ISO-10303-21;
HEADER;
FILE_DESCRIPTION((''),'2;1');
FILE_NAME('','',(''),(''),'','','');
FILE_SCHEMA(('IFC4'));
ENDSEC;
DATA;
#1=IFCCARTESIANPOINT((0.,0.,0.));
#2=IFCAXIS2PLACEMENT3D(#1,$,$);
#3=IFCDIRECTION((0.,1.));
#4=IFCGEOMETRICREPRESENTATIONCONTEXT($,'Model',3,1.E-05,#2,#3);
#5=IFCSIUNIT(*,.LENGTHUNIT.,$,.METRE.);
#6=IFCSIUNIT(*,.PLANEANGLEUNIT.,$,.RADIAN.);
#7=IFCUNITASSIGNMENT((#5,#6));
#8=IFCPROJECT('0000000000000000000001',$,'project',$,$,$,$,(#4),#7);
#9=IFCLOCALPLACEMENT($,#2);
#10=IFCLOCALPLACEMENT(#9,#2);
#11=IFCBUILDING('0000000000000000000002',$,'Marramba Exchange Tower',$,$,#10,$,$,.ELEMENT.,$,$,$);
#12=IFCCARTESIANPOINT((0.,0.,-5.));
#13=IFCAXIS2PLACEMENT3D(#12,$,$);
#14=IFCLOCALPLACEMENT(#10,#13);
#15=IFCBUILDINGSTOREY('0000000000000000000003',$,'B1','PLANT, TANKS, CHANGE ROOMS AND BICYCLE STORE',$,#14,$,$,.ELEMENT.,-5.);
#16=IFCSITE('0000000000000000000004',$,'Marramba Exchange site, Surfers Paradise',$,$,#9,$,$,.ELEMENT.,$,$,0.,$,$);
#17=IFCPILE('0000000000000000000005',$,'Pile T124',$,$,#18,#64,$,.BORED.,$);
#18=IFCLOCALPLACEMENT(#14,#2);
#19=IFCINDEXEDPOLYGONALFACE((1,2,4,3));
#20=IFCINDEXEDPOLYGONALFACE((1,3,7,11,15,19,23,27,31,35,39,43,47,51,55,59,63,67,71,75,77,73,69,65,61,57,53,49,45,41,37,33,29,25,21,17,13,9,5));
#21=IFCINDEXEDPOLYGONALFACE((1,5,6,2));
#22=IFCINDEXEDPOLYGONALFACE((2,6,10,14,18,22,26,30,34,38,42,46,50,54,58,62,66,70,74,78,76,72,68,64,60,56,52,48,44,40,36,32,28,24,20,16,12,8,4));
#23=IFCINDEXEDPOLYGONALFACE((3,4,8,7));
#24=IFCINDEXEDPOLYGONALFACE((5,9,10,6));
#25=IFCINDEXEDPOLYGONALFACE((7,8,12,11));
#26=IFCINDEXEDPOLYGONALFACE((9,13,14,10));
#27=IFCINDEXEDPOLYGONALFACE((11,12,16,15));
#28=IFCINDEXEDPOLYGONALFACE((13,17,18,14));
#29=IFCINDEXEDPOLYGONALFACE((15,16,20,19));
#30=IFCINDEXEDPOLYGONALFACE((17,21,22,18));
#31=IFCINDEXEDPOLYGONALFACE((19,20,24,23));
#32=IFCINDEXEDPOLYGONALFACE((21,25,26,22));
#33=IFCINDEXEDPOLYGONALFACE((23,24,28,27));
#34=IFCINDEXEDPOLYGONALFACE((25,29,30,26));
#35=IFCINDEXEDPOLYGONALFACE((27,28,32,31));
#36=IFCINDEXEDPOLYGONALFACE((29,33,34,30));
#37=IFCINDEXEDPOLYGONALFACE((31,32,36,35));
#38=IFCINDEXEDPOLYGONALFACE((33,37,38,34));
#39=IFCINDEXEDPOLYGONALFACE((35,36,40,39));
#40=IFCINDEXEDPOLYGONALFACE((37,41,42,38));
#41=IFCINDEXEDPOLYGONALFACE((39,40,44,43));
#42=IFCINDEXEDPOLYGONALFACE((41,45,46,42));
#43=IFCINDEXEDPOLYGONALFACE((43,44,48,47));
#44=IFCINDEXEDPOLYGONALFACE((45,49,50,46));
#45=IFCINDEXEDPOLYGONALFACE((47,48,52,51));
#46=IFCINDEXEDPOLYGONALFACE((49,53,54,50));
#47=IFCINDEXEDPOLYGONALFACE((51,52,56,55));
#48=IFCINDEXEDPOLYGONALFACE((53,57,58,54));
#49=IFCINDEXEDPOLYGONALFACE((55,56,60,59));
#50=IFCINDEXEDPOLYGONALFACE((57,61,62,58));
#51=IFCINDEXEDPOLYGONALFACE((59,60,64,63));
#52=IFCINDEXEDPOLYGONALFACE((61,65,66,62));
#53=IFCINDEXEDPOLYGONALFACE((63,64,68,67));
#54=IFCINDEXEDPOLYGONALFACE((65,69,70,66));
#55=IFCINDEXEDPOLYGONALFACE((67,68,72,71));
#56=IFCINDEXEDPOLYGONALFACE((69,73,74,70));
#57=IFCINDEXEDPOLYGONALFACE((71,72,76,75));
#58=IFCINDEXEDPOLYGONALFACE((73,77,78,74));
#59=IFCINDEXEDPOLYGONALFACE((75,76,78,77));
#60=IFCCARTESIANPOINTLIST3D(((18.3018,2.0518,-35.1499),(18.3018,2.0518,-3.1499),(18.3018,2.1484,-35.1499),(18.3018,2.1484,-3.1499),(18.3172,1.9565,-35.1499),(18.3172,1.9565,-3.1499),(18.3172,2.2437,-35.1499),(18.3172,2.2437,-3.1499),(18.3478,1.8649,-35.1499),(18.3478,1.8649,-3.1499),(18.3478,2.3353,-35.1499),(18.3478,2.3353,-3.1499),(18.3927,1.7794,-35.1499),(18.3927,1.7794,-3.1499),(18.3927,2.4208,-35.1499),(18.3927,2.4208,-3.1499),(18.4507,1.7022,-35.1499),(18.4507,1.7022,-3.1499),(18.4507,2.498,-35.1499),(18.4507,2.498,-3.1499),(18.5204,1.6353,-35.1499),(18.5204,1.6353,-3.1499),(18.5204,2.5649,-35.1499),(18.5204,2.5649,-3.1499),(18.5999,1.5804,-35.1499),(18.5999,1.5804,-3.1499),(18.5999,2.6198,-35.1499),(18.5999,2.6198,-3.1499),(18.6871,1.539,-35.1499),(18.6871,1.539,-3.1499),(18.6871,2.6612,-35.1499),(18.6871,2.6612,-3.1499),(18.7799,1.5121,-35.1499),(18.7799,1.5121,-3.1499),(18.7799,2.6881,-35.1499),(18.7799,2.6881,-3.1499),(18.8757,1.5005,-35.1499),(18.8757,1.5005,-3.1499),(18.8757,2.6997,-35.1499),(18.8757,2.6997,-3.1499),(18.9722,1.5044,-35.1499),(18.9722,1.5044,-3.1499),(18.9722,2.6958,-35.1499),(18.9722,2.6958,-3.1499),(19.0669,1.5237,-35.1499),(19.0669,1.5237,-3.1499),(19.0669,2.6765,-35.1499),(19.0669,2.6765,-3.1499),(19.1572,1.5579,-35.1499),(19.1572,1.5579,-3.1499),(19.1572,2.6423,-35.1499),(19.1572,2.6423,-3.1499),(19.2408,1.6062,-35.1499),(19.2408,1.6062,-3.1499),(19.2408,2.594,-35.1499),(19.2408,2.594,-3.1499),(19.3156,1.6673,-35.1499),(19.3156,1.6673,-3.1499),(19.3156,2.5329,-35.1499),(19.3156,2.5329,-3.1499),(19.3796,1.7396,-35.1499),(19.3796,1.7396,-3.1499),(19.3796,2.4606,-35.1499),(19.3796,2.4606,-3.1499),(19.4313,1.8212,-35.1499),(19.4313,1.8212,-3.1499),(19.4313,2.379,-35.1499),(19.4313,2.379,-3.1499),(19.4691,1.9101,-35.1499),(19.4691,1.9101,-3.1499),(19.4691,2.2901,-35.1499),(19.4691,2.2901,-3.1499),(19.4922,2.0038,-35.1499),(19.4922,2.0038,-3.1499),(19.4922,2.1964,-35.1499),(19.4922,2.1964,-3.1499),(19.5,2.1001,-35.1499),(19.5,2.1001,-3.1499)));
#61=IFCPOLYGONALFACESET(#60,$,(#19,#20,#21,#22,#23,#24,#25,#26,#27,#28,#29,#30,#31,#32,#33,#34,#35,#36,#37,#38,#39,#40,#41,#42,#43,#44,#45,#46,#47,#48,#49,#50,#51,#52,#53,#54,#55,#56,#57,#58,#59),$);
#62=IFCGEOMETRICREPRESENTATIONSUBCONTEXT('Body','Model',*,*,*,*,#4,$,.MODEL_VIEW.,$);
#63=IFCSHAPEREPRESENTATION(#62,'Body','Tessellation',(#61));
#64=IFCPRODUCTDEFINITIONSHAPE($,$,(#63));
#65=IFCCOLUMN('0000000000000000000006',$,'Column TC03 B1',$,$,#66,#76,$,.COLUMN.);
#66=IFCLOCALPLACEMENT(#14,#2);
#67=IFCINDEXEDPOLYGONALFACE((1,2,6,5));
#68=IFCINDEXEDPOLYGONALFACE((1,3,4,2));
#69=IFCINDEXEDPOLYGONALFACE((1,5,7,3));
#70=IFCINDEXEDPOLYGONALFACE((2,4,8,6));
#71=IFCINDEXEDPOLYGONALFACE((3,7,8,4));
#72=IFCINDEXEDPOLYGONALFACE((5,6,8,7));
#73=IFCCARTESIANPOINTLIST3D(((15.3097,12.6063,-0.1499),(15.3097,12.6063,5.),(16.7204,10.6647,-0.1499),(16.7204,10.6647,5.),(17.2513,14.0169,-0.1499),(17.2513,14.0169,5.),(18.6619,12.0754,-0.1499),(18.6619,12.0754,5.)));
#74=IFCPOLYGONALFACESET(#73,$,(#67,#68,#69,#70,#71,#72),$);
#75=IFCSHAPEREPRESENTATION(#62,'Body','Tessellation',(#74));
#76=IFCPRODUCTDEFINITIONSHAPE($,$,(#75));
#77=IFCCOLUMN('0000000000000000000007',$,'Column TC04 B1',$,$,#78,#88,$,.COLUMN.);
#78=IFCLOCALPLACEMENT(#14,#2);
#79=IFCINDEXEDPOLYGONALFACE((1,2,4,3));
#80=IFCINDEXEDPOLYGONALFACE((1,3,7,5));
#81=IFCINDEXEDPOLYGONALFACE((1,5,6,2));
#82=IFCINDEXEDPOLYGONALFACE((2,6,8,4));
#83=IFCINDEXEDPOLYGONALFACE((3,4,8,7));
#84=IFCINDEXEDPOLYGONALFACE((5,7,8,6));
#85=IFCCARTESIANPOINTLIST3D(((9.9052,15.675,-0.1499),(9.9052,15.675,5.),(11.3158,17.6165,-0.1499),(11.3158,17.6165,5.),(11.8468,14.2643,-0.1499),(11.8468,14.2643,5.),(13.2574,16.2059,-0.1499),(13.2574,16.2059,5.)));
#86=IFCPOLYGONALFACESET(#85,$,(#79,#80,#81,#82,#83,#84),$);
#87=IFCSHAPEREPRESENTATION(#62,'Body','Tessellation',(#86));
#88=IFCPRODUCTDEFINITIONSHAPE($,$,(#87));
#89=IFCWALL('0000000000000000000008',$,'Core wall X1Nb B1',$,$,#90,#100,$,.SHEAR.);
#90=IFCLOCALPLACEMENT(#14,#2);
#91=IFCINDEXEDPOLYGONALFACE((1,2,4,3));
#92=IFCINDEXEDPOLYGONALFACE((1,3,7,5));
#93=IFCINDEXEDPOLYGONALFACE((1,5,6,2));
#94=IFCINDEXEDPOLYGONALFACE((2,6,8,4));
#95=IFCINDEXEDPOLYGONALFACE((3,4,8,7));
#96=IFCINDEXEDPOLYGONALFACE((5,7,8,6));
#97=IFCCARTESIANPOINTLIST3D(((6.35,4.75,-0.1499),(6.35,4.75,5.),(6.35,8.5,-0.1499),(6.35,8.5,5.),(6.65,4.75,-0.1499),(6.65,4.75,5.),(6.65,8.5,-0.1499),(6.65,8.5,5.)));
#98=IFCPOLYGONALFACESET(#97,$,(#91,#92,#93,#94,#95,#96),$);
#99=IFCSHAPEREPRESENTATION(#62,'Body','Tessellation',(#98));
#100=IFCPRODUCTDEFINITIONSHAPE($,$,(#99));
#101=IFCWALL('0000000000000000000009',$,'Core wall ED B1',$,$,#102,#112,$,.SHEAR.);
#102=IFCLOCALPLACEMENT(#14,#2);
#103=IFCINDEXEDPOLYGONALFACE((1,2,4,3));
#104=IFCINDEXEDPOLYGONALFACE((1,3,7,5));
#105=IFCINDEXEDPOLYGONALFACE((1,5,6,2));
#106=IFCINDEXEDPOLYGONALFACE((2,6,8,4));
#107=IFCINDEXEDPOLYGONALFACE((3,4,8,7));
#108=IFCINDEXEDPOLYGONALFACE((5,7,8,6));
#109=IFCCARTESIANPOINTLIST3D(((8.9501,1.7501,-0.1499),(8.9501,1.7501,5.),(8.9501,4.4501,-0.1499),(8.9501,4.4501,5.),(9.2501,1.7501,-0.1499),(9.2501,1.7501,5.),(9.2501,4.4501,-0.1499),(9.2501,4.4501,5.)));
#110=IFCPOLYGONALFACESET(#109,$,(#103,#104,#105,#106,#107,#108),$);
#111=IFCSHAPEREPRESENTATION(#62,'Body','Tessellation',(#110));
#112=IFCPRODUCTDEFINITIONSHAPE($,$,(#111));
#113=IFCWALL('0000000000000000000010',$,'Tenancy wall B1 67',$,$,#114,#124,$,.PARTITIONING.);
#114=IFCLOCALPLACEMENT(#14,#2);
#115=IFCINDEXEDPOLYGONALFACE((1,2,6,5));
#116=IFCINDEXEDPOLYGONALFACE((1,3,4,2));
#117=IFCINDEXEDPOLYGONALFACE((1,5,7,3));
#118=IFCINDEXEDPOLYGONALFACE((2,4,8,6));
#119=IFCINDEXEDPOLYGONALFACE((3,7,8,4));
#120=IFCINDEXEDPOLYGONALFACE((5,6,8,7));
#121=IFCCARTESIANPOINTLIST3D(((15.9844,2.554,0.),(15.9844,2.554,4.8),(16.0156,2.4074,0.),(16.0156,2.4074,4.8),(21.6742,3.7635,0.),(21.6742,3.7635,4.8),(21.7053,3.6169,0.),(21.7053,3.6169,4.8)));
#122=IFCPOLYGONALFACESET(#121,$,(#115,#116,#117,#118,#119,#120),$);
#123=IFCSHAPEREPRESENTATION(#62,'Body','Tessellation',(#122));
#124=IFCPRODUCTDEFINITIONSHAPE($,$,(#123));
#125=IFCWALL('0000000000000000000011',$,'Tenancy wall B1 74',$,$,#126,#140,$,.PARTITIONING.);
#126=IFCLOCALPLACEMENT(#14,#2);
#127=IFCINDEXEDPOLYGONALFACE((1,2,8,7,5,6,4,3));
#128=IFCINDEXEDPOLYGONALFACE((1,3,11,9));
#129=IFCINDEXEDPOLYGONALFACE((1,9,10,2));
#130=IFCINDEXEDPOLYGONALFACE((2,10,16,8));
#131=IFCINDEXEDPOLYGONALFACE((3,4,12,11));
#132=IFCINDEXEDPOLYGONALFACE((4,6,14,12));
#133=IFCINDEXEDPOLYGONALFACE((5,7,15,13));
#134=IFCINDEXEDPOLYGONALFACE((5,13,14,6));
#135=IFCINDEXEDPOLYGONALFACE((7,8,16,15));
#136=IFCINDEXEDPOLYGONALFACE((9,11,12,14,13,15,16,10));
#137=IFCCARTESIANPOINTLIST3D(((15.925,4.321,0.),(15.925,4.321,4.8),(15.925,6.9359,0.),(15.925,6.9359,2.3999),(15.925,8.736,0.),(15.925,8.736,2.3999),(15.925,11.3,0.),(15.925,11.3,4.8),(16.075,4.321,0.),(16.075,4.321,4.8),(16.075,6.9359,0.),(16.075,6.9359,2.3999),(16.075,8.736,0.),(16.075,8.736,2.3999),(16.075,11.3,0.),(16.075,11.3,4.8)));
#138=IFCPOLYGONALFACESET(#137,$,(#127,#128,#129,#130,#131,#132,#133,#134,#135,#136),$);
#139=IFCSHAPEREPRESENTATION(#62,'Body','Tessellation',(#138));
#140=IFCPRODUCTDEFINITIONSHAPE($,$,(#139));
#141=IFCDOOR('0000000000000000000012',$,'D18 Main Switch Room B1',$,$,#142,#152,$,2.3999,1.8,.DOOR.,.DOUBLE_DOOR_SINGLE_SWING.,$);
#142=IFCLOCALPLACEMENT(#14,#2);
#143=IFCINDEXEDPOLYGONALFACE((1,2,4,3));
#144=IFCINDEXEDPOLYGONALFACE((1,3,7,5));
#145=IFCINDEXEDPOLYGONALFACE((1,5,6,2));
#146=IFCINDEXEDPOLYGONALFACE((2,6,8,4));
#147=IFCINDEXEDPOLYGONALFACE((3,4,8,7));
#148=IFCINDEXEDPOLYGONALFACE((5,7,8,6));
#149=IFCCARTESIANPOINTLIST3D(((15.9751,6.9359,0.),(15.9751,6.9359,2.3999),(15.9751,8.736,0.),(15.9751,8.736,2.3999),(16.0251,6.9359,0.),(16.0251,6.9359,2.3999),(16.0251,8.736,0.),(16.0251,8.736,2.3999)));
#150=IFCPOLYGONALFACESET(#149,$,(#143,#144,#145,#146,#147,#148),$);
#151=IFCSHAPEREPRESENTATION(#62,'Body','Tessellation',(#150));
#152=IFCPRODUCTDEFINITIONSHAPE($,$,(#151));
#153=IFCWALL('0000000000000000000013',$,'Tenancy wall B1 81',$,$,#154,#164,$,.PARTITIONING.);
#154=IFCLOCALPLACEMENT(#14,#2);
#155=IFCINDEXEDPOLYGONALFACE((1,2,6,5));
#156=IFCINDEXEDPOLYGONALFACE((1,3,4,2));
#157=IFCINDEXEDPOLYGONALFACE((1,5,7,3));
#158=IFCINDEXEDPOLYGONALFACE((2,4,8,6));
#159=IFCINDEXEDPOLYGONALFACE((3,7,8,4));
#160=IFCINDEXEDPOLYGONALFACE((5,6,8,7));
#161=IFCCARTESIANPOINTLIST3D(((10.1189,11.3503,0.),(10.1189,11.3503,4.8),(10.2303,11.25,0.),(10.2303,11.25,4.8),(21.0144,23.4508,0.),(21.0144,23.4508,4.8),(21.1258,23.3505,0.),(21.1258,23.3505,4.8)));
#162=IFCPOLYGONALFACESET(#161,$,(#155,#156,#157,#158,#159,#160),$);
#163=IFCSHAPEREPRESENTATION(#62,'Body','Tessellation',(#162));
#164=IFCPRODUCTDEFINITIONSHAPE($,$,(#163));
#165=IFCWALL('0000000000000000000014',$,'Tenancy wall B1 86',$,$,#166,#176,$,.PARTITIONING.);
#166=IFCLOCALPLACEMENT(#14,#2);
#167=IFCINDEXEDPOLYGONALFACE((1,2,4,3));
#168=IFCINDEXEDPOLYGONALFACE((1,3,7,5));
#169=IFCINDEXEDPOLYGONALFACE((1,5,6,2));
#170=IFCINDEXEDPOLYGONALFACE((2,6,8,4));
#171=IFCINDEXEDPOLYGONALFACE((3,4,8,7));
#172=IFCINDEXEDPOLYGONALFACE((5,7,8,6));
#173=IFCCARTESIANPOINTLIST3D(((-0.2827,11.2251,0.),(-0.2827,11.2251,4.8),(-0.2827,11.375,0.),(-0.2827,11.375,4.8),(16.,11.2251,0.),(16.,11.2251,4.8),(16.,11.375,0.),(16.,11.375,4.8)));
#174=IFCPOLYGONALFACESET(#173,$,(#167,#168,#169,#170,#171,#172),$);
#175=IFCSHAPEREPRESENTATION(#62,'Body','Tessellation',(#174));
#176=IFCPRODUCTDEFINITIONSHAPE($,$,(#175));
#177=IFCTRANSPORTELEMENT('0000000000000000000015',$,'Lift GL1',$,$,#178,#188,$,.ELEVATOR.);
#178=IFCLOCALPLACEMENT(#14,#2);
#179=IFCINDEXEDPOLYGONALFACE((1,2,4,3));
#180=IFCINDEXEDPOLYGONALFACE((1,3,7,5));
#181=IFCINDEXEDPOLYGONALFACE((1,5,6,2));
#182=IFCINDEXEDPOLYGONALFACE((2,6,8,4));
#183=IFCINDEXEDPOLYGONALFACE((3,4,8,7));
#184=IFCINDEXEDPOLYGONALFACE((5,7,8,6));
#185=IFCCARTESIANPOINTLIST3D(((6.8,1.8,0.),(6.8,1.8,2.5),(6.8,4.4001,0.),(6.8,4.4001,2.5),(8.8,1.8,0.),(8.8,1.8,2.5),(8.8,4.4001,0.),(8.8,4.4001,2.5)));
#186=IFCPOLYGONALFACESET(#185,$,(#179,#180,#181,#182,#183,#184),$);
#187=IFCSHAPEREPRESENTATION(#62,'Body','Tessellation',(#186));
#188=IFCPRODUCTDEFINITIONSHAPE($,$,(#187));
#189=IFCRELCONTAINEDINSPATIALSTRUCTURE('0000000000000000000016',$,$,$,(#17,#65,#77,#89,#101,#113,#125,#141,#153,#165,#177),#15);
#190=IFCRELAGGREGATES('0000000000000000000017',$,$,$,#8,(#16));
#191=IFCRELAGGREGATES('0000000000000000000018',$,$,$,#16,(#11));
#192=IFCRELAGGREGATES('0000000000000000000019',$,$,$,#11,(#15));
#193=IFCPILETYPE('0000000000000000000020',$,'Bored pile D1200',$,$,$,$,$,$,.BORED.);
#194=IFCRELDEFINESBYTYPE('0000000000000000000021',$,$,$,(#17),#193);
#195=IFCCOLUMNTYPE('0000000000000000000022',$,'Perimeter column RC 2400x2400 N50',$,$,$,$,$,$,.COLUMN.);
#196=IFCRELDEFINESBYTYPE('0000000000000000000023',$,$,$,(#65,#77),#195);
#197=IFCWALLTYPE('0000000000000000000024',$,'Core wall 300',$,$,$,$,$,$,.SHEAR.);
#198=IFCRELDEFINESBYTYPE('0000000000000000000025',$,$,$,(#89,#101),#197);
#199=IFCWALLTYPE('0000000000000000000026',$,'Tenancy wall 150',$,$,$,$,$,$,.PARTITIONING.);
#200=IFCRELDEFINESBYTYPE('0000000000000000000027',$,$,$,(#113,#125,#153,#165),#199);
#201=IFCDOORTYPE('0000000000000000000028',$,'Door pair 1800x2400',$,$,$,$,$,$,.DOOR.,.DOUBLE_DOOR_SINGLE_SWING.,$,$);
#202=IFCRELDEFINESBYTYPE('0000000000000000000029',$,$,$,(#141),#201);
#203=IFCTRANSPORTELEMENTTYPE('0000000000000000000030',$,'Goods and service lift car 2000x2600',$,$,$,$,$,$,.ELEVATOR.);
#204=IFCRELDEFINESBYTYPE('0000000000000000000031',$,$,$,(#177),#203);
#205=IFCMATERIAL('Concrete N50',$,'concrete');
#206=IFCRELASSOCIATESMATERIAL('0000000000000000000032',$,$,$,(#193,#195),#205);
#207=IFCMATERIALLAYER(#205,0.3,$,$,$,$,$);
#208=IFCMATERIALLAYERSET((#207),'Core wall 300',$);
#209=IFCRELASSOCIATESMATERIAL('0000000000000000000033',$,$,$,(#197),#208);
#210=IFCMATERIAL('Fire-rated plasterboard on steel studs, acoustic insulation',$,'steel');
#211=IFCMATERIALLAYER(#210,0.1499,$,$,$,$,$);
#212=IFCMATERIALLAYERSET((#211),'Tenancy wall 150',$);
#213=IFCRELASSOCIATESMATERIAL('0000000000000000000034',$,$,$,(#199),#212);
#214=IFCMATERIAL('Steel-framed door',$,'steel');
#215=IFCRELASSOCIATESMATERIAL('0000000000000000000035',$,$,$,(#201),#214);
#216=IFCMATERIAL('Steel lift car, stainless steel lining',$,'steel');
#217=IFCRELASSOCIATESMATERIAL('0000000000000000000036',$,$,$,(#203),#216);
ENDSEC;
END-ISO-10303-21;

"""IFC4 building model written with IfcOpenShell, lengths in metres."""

from ifc_helpers import new_model, si_unit, direction, frame, frame_2d, origin, origin_2d, place, context, subcontext, project, spatial, rectangle, circle, extrude, material, layer, layer_set, material_profile, profile_set, type_object, element, fill, save


model = new_model("IFC4")

# Units and contexts
model_context = context("Model", 3, precision=1e-05, world=origin(), true_north=direction((0.0, 1.0)))
body_context = subcontext(model_context, "Body", "Model", "MODEL_VIEW")
ifc_project = project(units=[si_unit("LENGTHUNIT", "METRE"), si_unit("PLANEANGLEUNIT", "RADIAN")], contexts=[model_context])

# Site, building, storey
site_placement = place(None, origin())
site = spatial("IfcSite", under=ifc_project, at=site_placement, Name="Marramba Exchange site, Surfers Paradise", CompositionType="ELEMENT", RefElevation=0.0)
building_placement = place(site_placement, origin())
building = spatial("IfcBuilding", under=site, at=building_placement, Name="Marramba Exchange Tower", CompositionType="ELEMENT")
storey_placement = place(building_placement, frame((0.0, 0.0, -5.0)))
storey = spatial("IfcBuildingStorey", under=building, at=storey_placement, Name="B1", Description="PLANT, TANKS, CHANGE ROOMS AND BICYCLE STORE", CompositionType="ELEMENT", Elevation=-5.0)

# Pile
ifc_material_1 = material(Name="Concrete N50", Category="concrete")
ifc_material_profile_1 = material_profile(ifc_material_1, circle(Radius=0.6001, at=origin_2d()), Name="BP D1200")
ifc_profile_set_1 = profile_set([ifc_material_profile_1], Name="Concrete N50")
pile_type = type_object("IfcPileType", Name="Bored pile D1200", PredefinedType="BORED", material=ifc_profile_set_1)
for number, where, z_axis, x_axis, name in (
    (1, (18.8999, 2.1001, -3.1499), (0.0, 0.0, -1.0), (1.0, 0.0, 0.0), "Pile T124"),
):
    element("IfcPile", number, at=place(storey_placement, frame(where, z_axis=z_axis, x_axis=x_axis)), inside=storey, type_object=pile_type, Name=name, PredefinedType="BORED", context=body_context, shape_type="SweptSolid", body=[
        extrude(circle(Radius=0.6001, at=origin_2d()), origin(), (0.0, 0.0, 1.0), 32.0),
    ])

# Columns
ifc_material_profile_2 = material_profile(ifc_material_1, rectangle(XDim=2.3999, YDim=2.3999, at=origin_2d()), Name="RC 2400x2400")
ifc_profile_set_2 = profile_set([ifc_material_profile_2], Name="Concrete N50")
column_type = type_object("IfcColumnType", Name="Perimeter column RC 2400x2400 N50", PredefinedType="COLUMN", material=ifc_profile_set_2)
for number, where, z_axis, x_axis, name in (
    (2, (16.9858, 12.3408, -0.1499), (0.0, 0.0, 1.0), (0.809017, 0.587785, 0.0), "Column TC03 B1"),
    (3, (11.5813, 15.9404, -0.1499), (0.0, 0.0, 1.0), (0.587785, 0.809017, 0.0), "Column TC04 B1"),
):
    element("IfcColumn", number, at=place(storey_placement, frame(where, z_axis=z_axis, x_axis=x_axis)), inside=storey, type_object=column_type, Name=name, PredefinedType="COLUMN", context=body_context, shape_type="SweptSolid", body=[
        extrude(rectangle(XDim=2.3999, YDim=2.3999, at=origin_2d()), origin(), (0.0, 0.0, 1.0), 5.1499),
    ])

# Shared definitions
ifc_material_2 = material(Name="Steel-framed door", Category="steel")

# Walls
ifc_layer_1 = layer(ifc_material_1, 0.3)
ifc_layer_set_1 = layer_set([ifc_layer_1], Name="Core wall 300")
wall_type_1 = type_object("IfcWallType", Name="Core wall 300", PredefinedType="SHEAR", material=ifc_layer_set_1)
wall_1_placement = place(storey_placement, frame((6.5, 4.75, -0.1499), z_axis=(0.0, 0.0, 1.0), x_axis=(0.0, 1.0, 0.0)))
element("IfcWall", 4, at=wall_1_placement, inside=storey, type_object=wall_type_1, Name="Core wall X1Nb B1", PredefinedType="SHEAR", context=body_context, shape_type="SweptSolid", body=[
    extrude(rectangle(XDim=3.75, YDim=0.3, at=frame_2d((1.875, 0.0))), origin(), (0.0, 0.0, 1.0), 5.1499),
])
wall_2_placement = place(storey_placement, frame((9.1001, 1.75, -0.1499), z_axis=(0.0, 0.0, 1.0), x_axis=(0.0, 1.0, 0.0)))
element("IfcWall", 5, at=wall_2_placement, inside=storey, type_object=wall_type_1, Name="Core wall ED B1", PredefinedType="SHEAR", context=body_context, shape_type="SweptSolid", body=[
    extrude(rectangle(XDim=2.7, YDim=0.3, at=frame_2d((1.3501, 0.0))), origin(), (0.0, 0.0, 1.0), 5.1499),
])
ifc_material_3 = material(Name="Fire-rated plasterboard on steel studs, acoustic insulation", Category="steel")
ifc_layer_2 = layer(ifc_material_3, 0.1499)
ifc_layer_set_2 = layer_set([ifc_layer_2], Name="Tenancy wall 150")
wall_type_2 = type_object("IfcWallType", Name="Tenancy wall 150", PredefinedType="PARTITIONING", material=ifc_layer_set_2)
wall_3_placement = place(storey_placement, frame((16.0, 2.4807, 0.0), z_axis=(0.0, 0.0, 1.0), x_axis=(0.978144, 0.207927, 0.0)))
element("IfcWall", 6, at=wall_3_placement, inside=storey, type_object=wall_type_2, Name="Tenancy wall B1 67", PredefinedType="PARTITIONING", context=body_context, shape_type="SweptSolid", body=[
    extrude(rectangle(XDim=5.8169, YDim=0.1499, at=frame_2d((2.9084, 0.0))), origin(), (0.0, 0.0, 1.0), 4.8),
])

# Wall, opening, door
wall_4_placement = place(storey_placement, frame((16.0, 4.321, 0.0), z_axis=(0.0, 0.0, 1.0), x_axis=(0.0, 1.0, 0.0)))
wall_4 = element("IfcWall", 7, at=wall_4_placement, inside=storey, type_object=wall_type_2, Name="Tenancy wall B1 74", PredefinedType="PARTITIONING", context=body_context, shape_type="SweptSolid", body=[
    extrude(rectangle(XDim=6.979, YDim=0.1499, at=frame_2d((3.4895, 0.0))), origin(), (0.0, 0.0, 1.0), 4.8),
])
opening_1_placement = place(wall_4_placement, frame((2.615, 0.0, 0.0)))
opening_1 = element("IfcOpeningElement", 8, at=opening_1_placement, cuts=wall_4, PredefinedType="OPENING", context=body_context, shape_type="SweptSolid", body=[
    extrude(rectangle(XDim=1.8, YDim=2.3999, at=frame_2d((0.8999, 1.2))), frame((0.0, 0.085, 0.0), z_axis=(0.0, -1.0, 0.0), x_axis=(1.0, 0.0, 0.0)), (0.0, 0.0, 1.0), 0.1699),
])
door_type_1 = type_object("IfcDoorType", Name="Door pair 1800x2400", OperationType="DOUBLE_DOOR_SINGLE_SWING", PredefinedType="DOOR", material=ifc_material_2)
door_1_placement = place(opening_1_placement, origin())
door_1 = element("IfcDoor", 9, at=door_1_placement, inside=storey, type_object=door_type_1, Name="D18 Main Switch Room B1", OperationType="DOUBLE_DOOR_SINGLE_SWING", OverallHeight=2.3999, OverallWidth=1.8, PredefinedType="DOOR", context=body_context, shape_type="SweptSolid", body=[
    extrude(rectangle(XDim=1.8, YDim=2.3999, at=frame_2d((0.8999, 1.2))), frame((0.0, 0.0249, 0.0), z_axis=(0.0, -1.0, 0.0), x_axis=(1.0, 0.0, 0.0)), (0.0, 0.0, 1.0), 0.05),
])
fill(opening_1, door_1)

# Walls
wall_5_placement = place(storey_placement, frame((10.1746, 11.3, 0.0), z_axis=(0.0, 0.0, 1.0), x_axis=(0.669134, 0.743142, 0.0)))
element("IfcWall", 10, at=wall_5_placement, inside=storey, type_object=wall_type_2, Name="Tenancy wall B1 81", PredefinedType="PARTITIONING", context=body_context, shape_type="SweptSolid", body=[
    extrude(rectangle(XDim=16.283, YDim=0.1499, at=frame_2d((8.1416, 0.0))), origin(), (0.0, 0.0, 1.0), 4.8),
])
wall_6_placement = place(storey_placement, frame((16.0, 11.3, 0.0), z_axis=(0.0, 0.0, 1.0), x_axis=(-1.0, 0.0, 0.0)))
element("IfcWall", 11, at=wall_6_placement, inside=storey, type_object=wall_type_2, Name="Tenancy wall B1 86", PredefinedType="PARTITIONING", context=body_context, shape_type="SweptSolid", body=[
    extrude(rectangle(XDim=16.2827, YDim=0.1499, at=frame_2d((8.1414, 0.0))), origin(), (0.0, 0.0, 1.0), 4.8),
])

# Transport element
ifc_material_4 = material(Name="Steel lift car, stainless steel lining", Category="steel")
transport_element_type = type_object("IfcTransportElementType", Name="Goods and service lift car 2000x2600", PredefinedType="ELEVATOR", material=ifc_material_4)
transport_element_placement = place(storey_placement, frame((7.8, 3.1001, 0.0), z_axis=(0.0, 0.0, 1.0), x_axis=(1.0, 0.0, 0.0)))
element("IfcTransportElement", 12, at=transport_element_placement, inside=storey, type_object=transport_element_type, Name="Lift GL1", PredefinedType="ELEVATOR", context=body_context, shape_type="SweptSolid", body=[
    extrude(rectangle(XDim=2.0, YDim=2.6001, at=origin_2d()), origin(), (0.0, 0.0, 1.0), 2.5),
])

save(model, "model.ifc")
